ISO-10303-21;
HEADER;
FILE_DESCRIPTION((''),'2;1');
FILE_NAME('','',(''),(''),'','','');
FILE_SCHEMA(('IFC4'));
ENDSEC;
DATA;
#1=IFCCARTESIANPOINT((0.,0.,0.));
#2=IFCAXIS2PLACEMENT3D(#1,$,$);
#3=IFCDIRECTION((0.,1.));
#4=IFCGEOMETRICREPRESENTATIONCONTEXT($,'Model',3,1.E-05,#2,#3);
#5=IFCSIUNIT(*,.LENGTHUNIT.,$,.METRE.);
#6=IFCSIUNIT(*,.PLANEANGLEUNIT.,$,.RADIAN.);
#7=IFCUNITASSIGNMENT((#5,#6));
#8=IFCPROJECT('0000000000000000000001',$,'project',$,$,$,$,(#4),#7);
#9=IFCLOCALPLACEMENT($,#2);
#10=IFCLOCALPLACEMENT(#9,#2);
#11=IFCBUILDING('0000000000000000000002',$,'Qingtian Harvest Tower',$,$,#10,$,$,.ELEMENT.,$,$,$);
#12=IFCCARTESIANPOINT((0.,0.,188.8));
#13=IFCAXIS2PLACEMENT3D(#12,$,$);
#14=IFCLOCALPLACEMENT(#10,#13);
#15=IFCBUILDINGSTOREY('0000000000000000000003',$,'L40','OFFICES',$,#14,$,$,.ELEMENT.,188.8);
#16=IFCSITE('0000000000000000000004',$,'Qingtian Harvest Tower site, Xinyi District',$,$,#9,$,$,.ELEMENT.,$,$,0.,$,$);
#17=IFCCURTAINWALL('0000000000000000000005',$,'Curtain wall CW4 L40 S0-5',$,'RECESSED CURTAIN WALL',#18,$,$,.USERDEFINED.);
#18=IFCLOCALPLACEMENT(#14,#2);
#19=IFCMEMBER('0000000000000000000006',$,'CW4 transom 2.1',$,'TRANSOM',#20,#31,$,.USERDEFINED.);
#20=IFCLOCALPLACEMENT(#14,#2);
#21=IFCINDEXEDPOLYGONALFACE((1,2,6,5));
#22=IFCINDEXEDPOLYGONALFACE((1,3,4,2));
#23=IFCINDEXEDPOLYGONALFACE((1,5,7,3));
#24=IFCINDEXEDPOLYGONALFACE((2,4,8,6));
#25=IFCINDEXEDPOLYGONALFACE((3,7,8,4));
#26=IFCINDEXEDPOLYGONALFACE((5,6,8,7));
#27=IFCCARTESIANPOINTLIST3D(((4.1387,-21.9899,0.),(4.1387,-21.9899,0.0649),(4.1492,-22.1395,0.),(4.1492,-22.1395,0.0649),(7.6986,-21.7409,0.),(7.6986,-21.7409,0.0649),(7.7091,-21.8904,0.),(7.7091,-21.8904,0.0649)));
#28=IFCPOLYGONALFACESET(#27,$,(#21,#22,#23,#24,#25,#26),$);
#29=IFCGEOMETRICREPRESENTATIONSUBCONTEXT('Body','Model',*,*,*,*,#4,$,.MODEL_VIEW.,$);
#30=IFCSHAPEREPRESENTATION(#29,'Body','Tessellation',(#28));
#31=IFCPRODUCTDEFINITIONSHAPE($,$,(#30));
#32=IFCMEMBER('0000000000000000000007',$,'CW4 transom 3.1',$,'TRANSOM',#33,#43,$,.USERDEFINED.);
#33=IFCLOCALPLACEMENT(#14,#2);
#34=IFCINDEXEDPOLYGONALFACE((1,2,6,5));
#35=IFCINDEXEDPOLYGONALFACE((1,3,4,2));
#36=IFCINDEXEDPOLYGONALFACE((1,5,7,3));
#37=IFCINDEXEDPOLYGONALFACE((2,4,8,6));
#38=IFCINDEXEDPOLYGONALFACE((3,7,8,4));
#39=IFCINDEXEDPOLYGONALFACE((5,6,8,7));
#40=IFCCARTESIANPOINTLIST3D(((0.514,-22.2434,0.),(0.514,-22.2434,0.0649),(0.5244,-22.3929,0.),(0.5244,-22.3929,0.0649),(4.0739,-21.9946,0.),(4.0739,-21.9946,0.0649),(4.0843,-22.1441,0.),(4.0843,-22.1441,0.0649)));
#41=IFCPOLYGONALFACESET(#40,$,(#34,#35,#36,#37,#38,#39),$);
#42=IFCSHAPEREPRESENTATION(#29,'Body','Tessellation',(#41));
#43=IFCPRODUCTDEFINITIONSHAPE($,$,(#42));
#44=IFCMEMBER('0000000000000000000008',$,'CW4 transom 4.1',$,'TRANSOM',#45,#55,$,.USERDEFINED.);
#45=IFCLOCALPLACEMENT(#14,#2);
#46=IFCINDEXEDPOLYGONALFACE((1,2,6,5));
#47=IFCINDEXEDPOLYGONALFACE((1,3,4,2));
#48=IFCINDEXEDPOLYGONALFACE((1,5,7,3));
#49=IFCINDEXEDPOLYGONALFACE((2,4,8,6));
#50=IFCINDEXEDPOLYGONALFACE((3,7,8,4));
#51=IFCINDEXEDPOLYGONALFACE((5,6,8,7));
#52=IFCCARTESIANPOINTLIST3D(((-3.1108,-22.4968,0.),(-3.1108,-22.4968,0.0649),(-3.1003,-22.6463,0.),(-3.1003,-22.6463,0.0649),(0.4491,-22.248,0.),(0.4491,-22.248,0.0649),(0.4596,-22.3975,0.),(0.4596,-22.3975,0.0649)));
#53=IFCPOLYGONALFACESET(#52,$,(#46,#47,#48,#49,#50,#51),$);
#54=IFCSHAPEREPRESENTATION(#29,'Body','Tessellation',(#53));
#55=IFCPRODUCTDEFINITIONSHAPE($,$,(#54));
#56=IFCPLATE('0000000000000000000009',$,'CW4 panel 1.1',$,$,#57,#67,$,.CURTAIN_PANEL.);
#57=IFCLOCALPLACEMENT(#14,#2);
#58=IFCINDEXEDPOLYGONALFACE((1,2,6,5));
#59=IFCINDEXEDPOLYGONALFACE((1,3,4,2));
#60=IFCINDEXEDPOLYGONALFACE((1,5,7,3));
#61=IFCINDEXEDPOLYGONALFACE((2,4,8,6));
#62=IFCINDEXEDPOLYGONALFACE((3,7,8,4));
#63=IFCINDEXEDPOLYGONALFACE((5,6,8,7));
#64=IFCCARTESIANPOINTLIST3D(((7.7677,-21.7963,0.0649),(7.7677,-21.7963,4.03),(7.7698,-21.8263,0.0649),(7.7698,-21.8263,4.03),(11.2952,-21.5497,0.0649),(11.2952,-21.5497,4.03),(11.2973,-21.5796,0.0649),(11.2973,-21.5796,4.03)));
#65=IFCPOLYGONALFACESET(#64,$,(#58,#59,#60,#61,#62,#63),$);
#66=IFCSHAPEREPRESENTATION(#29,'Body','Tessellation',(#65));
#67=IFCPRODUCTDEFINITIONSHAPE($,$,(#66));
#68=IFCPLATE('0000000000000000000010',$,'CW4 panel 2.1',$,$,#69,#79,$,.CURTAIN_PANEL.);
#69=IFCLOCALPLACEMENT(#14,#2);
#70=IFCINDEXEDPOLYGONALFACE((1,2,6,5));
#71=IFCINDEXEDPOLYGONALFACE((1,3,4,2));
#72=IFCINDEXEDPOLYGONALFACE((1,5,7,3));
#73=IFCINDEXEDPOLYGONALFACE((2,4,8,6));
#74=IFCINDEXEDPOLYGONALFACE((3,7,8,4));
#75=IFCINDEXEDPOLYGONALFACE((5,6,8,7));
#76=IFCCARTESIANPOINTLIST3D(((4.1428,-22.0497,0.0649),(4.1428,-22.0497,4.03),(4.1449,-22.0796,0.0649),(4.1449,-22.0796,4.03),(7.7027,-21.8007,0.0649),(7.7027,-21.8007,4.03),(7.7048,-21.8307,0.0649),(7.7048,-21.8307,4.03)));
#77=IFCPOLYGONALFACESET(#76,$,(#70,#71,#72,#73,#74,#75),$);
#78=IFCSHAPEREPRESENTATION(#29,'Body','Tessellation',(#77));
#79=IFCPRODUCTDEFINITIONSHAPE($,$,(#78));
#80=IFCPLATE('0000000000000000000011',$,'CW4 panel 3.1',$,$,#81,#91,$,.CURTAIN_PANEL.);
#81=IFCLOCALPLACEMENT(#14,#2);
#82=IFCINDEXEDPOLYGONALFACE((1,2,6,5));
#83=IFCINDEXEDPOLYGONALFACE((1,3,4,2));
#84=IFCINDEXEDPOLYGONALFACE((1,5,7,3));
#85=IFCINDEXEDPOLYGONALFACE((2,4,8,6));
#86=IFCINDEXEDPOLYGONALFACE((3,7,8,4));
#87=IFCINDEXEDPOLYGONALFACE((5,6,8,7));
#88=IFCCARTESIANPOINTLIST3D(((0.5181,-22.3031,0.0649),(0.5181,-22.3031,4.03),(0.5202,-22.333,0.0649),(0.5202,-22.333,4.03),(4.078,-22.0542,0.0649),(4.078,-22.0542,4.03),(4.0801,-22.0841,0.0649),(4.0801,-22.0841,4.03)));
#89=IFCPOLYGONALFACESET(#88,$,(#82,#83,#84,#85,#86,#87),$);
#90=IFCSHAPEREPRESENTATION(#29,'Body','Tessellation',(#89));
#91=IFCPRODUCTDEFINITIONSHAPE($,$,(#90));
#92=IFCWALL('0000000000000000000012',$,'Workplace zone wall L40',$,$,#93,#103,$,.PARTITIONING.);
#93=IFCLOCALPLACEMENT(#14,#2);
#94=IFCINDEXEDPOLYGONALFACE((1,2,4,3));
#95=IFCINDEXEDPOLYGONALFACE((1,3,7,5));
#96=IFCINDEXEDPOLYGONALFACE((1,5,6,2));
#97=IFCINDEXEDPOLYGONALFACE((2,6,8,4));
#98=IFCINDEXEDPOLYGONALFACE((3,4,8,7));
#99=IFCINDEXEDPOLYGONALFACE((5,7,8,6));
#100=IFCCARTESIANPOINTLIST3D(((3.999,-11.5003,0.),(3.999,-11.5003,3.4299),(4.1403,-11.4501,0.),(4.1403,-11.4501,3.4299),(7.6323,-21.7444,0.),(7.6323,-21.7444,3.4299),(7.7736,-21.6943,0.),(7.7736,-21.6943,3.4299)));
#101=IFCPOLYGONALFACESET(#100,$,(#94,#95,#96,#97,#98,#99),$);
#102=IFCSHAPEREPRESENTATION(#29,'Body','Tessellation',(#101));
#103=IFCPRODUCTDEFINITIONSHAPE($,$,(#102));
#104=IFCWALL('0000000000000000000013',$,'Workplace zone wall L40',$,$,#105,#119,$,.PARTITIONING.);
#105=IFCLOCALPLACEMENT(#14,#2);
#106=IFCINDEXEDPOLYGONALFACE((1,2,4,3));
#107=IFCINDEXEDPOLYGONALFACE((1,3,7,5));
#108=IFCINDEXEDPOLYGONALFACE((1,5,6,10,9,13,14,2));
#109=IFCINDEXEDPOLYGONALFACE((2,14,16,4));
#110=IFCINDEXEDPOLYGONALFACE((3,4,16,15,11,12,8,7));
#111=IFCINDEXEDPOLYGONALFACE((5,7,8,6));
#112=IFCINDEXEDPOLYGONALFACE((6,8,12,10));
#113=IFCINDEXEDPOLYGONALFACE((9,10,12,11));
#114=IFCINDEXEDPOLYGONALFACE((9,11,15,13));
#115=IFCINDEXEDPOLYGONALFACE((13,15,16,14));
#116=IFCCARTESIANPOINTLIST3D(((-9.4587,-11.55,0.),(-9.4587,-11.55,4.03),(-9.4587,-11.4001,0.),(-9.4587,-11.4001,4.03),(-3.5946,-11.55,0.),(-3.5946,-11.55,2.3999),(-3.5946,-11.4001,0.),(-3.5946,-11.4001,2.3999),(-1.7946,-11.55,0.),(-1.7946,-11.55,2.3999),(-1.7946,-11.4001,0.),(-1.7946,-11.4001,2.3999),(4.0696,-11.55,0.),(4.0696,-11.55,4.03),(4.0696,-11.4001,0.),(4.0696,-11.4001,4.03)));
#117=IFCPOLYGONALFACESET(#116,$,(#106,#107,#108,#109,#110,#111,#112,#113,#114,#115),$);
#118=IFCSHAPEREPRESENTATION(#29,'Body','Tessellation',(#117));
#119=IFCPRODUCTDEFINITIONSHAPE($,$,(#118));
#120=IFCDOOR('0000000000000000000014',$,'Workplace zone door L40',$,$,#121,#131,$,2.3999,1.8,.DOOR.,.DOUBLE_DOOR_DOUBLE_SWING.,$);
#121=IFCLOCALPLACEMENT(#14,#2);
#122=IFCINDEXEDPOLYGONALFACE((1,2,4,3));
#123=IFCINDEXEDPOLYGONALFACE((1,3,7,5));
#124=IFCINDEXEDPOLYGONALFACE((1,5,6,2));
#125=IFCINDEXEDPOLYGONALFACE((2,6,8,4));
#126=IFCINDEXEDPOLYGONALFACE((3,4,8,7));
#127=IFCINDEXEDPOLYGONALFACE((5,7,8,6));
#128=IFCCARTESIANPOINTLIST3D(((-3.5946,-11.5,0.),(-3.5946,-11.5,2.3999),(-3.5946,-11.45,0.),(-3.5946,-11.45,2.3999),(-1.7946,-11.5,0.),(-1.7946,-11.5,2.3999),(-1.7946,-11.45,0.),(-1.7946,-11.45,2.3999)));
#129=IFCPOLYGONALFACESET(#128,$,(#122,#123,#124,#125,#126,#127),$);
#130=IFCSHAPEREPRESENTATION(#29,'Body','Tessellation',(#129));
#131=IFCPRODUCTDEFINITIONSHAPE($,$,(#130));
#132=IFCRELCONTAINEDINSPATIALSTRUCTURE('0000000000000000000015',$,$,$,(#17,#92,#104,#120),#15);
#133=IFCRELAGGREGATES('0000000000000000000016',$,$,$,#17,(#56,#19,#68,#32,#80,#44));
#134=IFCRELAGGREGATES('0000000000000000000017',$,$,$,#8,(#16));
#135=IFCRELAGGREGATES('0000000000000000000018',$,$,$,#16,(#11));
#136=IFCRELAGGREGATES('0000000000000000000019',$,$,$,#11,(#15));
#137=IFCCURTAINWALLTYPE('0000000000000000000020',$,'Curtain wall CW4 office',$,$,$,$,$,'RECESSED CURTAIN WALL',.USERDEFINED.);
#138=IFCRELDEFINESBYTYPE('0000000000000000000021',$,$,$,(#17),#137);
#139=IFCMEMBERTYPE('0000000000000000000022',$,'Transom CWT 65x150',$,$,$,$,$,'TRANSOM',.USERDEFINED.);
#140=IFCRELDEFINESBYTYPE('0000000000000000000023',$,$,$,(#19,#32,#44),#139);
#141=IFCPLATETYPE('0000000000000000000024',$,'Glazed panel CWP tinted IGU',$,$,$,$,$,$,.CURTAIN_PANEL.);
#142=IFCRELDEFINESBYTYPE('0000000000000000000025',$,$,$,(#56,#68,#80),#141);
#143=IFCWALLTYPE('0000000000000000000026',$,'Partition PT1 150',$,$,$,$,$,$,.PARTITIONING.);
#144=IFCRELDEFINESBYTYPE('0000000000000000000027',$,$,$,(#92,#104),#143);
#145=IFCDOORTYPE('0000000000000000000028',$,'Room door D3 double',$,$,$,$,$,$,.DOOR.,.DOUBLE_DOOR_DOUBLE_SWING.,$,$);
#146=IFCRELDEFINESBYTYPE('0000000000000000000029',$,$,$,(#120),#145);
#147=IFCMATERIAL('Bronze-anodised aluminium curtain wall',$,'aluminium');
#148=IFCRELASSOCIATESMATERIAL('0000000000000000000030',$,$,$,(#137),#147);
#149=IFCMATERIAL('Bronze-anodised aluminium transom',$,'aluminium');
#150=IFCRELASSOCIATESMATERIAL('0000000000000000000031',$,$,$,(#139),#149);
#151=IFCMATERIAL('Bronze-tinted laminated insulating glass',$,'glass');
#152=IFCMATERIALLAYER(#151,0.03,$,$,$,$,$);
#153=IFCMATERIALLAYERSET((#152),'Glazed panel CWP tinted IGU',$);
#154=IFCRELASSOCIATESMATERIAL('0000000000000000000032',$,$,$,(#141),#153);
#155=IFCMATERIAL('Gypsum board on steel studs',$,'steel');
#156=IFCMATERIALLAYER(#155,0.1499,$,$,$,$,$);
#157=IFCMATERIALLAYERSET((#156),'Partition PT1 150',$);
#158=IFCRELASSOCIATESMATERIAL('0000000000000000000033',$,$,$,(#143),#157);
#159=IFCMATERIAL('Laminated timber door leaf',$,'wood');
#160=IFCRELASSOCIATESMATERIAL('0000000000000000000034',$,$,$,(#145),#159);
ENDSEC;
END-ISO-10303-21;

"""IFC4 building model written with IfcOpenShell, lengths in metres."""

from ifc_helpers import new_model, si_unit, direction, frame, frame_2d, origin, origin_2d, place, context, subcontext, project, spatial, rectangle, extrude, material, layer, layer_set, material_profile, profile_set, type_object, element, fill, aggregate, save


model = new_model("IFC4")

# Units and contexts
model_context = context("Model", 3, precision=1e-05, world=origin(), true_north=direction((0.0, 1.0)))
body_context = subcontext(model_context, "Body", "Model", "MODEL_VIEW")
ifc_project = project(units=[si_unit("LENGTHUNIT", "METRE"), si_unit("PLANEANGLEUNIT", "RADIAN")], contexts=[model_context])

# Site, building, storey
site_placement = place(None, origin())
site = spatial("IfcSite", under=ifc_project, at=site_placement, Name="Qingtian Harvest Tower site, Xinyi District", CompositionType="ELEMENT", RefElevation=0.0)
building_placement = place(site_placement, origin())
building = spatial("IfcBuilding", under=site, at=building_placement, Name="Qingtian Harvest Tower", CompositionType="ELEMENT")
storey_placement = place(building_placement, frame((0.0, 0.0, 188.8)))
storey = spatial("IfcBuildingStorey", under=building, at=storey_placement, Name="L40", Description="OFFICES", CompositionType="ELEMENT", Elevation=188.8)

# Shared definitions
ifc_material_1 = material(Name="Bronze-anodised aluminium curtain wall", Category="aluminium")
curtain_wall_type = type_object("IfcCurtainWallType", Name="Curtain wall CW4 office", ElementType="RECESSED CURTAIN WALL", PredefinedType="USERDEFINED", material=ifc_material_1)

# Curtain wall
curtain_wall_1_placement = place(storey_placement, origin())
curtain_wall_1 = element("IfcCurtainWall", 1, at=curtain_wall_1_placement, inside=storey, type_object=curtain_wall_type, Name="Curtain wall CW4 L40 S0-5", ObjectType="RECESSED CURTAIN WALL", PredefinedType="USERDEFINED")

# Members
ifc_material_2 = material(Name="Bronze-anodised aluminium transom", Category="aluminium")
ifc_material_profile_1 = material_profile(ifc_material_2, rectangle(XDim=0.1499, YDim=0.0649, at=origin_2d()), Name="AL 65x150")
ifc_profile_set_1 = profile_set([ifc_material_profile_1], Name="Bronze-anodised aluminium transom")
member_type_1 = type_object("IfcMemberType", Name="Transom CWT 65x150", ElementType="TRANSOM", PredefinedType="USERDEFINED", material=ifc_profile_set_1)
member_1_placement = place(storey_placement, frame((7.7039, -21.8157, 0.0325), z_axis=(-0.997562, -0.069784, 0.0), x_axis=(0.069784, -0.997562, 0.0)))
member_1 = element("IfcMember", 2, at=member_1_placement, type_object=member_type_1, Name="CW4 transom 2.1", ObjectType="TRANSOM", PredefinedType="USERDEFINED", context=body_context, shape_type="SweptSolid", body=[
    extrude(rectangle(XDim=0.1499, YDim=0.0649, at=origin_2d()), origin(), (0.0, 0.0, 1.0), 3.5686),
])
member_2_placement = place(storey_placement, frame((4.0791, -22.0693, 0.0325), z_axis=(-0.997567, -0.069715, 0.0), x_axis=(0.069715, -0.997567, 0.0)))
member_2 = element("IfcMember", 3, at=member_2_placement, type_object=member_type_1, Name="CW4 transom 3.1", ObjectType="TRANSOM", PredefinedType="USERDEFINED", context=body_context, shape_type="SweptSolid", body=[
    extrude(rectangle(XDim=0.1499, YDim=0.0649, at=origin_2d()), origin(), (0.0, 0.0, 1.0), 3.5686),
])
member_3_placement = place(storey_placement, frame((0.4543, -22.3228, 0.0325), z_axis=(-0.997567, -0.069715, 0.0), x_axis=(0.069715, -0.997567, 0.0)))
member_3 = element("IfcMember", 4, at=member_3_placement, type_object=member_type_1, Name="CW4 transom 4.1", ObjectType="TRANSOM", PredefinedType="USERDEFINED", context=body_context, shape_type="SweptSolid", body=[
    extrude(rectangle(XDim=0.1499, YDim=0.0649, at=origin_2d()), origin(), (0.0, 0.0, 1.0), 3.5686),
])

# Plates
ifc_material_3 = material(Name="Bronze-tinted laminated insulating glass", Category="glass")
ifc_layer_1 = layer(ifc_material_3, 0.03)
ifc_layer_set_1 = layer_set([ifc_layer_1], Name="Glazed panel CWP tinted IGU")
plate_type = type_object("IfcPlateType", Name="Glazed panel CWP tinted IGU", PredefinedType="CURTAIN_PANEL", material=ifc_layer_set_1)
plate_1_placement = place(storey_placement, frame((9.5325, -21.688, 0.0649), z_axis=(0.0, 0.0, 1.0), x_axis=(-0.997564, -0.069756, 0.0)))
plate_1 = element("IfcPlate", 5, at=plate_1_placement, type_object=plate_type, Name="CW4 panel 1.1", PredefinedType="CURTAIN_PANEL", context=body_context, shape_type="SweptSolid", body=[
    extrude(rectangle(XDim=3.5361, YDim=0.03, at=origin_2d()), origin(), (0.0, 0.0, 1.0), 3.9651),
])
plate_2_placement = place(storey_placement, frame((5.9238, -21.9402, 0.0649), z_axis=(0.0, 0.0, 1.0), x_axis=(-0.997564, -0.069756, 0.0)))
plate_2 = element("IfcPlate", 6, at=plate_2_placement, type_object=plate_type, Name="CW4 panel 2.1", PredefinedType="CURTAIN_PANEL", context=body_context, shape_type="SweptSolid", body=[
    extrude(rectangle(XDim=3.5686, YDim=0.03, at=origin_2d()), origin(), (0.0, 0.0, 1.0), 3.9651),
])
plate_3_placement = place(storey_placement, frame((2.2991, -22.1936, 0.0649), z_axis=(0.0, 0.0, 1.0), x_axis=(-0.997564, -0.069756, 0.0)))
plate_3 = element("IfcPlate", 7, at=plate_3_placement, type_object=plate_type, Name="CW4 panel 3.1", PredefinedType="CURTAIN_PANEL", context=body_context, shape_type="SweptSolid", body=[
    extrude(rectangle(XDim=3.5686, YDim=0.03, at=origin_2d()), origin(), (0.0, 0.0, 1.0), 3.9651),
])
aggregate(curtain_wall_1, [plate_1, member_1, plate_2, member_2, plate_3, member_3])

# Wall
ifc_material_4 = material(Name="Gypsum board on steel studs", Category="steel")
ifc_layer_2 = layer(ifc_material_4, 0.1499)
ifc_layer_set_2 = layer_set([ifc_layer_2], Name="Partition PT1 150")
wall_type = type_object("IfcWallType", Name="Partition PT1 150", PredefinedType="PARTITIONING", material=ifc_layer_set_2)
wall_1_placement = place(storey_placement, frame((7.7029, -21.7192, 0.0), z_axis=(0.0, 0.0, 1.0), x_axis=(-0.33427, 0.942478, 0.0)))
element("IfcWall", 8, at=wall_1_placement, inside=storey, type_object=wall_type, Name="Workplace zone wall L40", PredefinedType="PARTITIONING", context=body_context, shape_type="SweptSolid", body=[
    extrude(rectangle(XDim=10.8694, YDim=0.1499, at=frame_2d((5.4346, 0.0))), origin(), (0.0, 0.0, 1.0), 3.4299),
])

# Wall, opening, door
wall_2_placement = place(storey_placement, frame((4.0696, -11.4751, 0.0), z_axis=(0.0, 0.0, 1.0), x_axis=(-1.0, 0.0, 0.0)))
wall_2 = element("IfcWall", 9, at=wall_2_placement, inside=storey, type_object=wall_type, Name="Workplace zone wall L40", PredefinedType="PARTITIONING", context=body_context, shape_type="SweptSolid", body=[
    extrude(rectangle(XDim=13.5283, YDim=0.1499, at=frame_2d((6.7642, 0.0))), origin(), (0.0, 0.0, 1.0), 4.03),
])
opening_placement = place(wall_2_placement, frame((5.8643, 0.0, 0.0)))
opening = element("IfcOpeningElement", 10, at=opening_placement, cuts=wall_2, PredefinedType="OPENING", context=body_context, shape_type="SweptSolid", body=[
    extrude(rectangle(XDim=1.8, YDim=2.3999, at=frame_2d((0.8999, 1.2))), frame((0.0, 0.085, 0.0), z_axis=(0.0, -1.0, 0.0), x_axis=(1.0, 0.0, 0.0)), (0.0, 0.0, 1.0), 0.1699),
])
ifc_material_5 = material(Name="Laminated timber door leaf", Category="wood")
door_type = type_object("IfcDoorType", Name="Room door D3 double", OperationType="DOUBLE_DOOR_DOUBLE_SWING", PredefinedType="DOOR", material=ifc_material_5)
door_placement = place(opening_placement, origin())
door = element("IfcDoor", 11, at=door_placement, inside=storey, type_object=door_type, Name="Workplace zone door L40", OperationType="DOUBLE_DOOR_DOUBLE_SWING", OverallHeight=2.3999, OverallWidth=1.8, PredefinedType="DOOR", context=body_context, shape_type="SweptSolid", body=[
    extrude(rectangle(XDim=1.8, YDim=2.3999, at=frame_2d((0.8999, 1.2))), frame((0.0, 0.0249, 0.0), z_axis=(0.0, -1.0, 0.0), x_axis=(1.0, 0.0, 0.0)), (0.0, 0.0, 1.0), 0.05),
])
fill(opening, door)

save(model, "model.ifc")
